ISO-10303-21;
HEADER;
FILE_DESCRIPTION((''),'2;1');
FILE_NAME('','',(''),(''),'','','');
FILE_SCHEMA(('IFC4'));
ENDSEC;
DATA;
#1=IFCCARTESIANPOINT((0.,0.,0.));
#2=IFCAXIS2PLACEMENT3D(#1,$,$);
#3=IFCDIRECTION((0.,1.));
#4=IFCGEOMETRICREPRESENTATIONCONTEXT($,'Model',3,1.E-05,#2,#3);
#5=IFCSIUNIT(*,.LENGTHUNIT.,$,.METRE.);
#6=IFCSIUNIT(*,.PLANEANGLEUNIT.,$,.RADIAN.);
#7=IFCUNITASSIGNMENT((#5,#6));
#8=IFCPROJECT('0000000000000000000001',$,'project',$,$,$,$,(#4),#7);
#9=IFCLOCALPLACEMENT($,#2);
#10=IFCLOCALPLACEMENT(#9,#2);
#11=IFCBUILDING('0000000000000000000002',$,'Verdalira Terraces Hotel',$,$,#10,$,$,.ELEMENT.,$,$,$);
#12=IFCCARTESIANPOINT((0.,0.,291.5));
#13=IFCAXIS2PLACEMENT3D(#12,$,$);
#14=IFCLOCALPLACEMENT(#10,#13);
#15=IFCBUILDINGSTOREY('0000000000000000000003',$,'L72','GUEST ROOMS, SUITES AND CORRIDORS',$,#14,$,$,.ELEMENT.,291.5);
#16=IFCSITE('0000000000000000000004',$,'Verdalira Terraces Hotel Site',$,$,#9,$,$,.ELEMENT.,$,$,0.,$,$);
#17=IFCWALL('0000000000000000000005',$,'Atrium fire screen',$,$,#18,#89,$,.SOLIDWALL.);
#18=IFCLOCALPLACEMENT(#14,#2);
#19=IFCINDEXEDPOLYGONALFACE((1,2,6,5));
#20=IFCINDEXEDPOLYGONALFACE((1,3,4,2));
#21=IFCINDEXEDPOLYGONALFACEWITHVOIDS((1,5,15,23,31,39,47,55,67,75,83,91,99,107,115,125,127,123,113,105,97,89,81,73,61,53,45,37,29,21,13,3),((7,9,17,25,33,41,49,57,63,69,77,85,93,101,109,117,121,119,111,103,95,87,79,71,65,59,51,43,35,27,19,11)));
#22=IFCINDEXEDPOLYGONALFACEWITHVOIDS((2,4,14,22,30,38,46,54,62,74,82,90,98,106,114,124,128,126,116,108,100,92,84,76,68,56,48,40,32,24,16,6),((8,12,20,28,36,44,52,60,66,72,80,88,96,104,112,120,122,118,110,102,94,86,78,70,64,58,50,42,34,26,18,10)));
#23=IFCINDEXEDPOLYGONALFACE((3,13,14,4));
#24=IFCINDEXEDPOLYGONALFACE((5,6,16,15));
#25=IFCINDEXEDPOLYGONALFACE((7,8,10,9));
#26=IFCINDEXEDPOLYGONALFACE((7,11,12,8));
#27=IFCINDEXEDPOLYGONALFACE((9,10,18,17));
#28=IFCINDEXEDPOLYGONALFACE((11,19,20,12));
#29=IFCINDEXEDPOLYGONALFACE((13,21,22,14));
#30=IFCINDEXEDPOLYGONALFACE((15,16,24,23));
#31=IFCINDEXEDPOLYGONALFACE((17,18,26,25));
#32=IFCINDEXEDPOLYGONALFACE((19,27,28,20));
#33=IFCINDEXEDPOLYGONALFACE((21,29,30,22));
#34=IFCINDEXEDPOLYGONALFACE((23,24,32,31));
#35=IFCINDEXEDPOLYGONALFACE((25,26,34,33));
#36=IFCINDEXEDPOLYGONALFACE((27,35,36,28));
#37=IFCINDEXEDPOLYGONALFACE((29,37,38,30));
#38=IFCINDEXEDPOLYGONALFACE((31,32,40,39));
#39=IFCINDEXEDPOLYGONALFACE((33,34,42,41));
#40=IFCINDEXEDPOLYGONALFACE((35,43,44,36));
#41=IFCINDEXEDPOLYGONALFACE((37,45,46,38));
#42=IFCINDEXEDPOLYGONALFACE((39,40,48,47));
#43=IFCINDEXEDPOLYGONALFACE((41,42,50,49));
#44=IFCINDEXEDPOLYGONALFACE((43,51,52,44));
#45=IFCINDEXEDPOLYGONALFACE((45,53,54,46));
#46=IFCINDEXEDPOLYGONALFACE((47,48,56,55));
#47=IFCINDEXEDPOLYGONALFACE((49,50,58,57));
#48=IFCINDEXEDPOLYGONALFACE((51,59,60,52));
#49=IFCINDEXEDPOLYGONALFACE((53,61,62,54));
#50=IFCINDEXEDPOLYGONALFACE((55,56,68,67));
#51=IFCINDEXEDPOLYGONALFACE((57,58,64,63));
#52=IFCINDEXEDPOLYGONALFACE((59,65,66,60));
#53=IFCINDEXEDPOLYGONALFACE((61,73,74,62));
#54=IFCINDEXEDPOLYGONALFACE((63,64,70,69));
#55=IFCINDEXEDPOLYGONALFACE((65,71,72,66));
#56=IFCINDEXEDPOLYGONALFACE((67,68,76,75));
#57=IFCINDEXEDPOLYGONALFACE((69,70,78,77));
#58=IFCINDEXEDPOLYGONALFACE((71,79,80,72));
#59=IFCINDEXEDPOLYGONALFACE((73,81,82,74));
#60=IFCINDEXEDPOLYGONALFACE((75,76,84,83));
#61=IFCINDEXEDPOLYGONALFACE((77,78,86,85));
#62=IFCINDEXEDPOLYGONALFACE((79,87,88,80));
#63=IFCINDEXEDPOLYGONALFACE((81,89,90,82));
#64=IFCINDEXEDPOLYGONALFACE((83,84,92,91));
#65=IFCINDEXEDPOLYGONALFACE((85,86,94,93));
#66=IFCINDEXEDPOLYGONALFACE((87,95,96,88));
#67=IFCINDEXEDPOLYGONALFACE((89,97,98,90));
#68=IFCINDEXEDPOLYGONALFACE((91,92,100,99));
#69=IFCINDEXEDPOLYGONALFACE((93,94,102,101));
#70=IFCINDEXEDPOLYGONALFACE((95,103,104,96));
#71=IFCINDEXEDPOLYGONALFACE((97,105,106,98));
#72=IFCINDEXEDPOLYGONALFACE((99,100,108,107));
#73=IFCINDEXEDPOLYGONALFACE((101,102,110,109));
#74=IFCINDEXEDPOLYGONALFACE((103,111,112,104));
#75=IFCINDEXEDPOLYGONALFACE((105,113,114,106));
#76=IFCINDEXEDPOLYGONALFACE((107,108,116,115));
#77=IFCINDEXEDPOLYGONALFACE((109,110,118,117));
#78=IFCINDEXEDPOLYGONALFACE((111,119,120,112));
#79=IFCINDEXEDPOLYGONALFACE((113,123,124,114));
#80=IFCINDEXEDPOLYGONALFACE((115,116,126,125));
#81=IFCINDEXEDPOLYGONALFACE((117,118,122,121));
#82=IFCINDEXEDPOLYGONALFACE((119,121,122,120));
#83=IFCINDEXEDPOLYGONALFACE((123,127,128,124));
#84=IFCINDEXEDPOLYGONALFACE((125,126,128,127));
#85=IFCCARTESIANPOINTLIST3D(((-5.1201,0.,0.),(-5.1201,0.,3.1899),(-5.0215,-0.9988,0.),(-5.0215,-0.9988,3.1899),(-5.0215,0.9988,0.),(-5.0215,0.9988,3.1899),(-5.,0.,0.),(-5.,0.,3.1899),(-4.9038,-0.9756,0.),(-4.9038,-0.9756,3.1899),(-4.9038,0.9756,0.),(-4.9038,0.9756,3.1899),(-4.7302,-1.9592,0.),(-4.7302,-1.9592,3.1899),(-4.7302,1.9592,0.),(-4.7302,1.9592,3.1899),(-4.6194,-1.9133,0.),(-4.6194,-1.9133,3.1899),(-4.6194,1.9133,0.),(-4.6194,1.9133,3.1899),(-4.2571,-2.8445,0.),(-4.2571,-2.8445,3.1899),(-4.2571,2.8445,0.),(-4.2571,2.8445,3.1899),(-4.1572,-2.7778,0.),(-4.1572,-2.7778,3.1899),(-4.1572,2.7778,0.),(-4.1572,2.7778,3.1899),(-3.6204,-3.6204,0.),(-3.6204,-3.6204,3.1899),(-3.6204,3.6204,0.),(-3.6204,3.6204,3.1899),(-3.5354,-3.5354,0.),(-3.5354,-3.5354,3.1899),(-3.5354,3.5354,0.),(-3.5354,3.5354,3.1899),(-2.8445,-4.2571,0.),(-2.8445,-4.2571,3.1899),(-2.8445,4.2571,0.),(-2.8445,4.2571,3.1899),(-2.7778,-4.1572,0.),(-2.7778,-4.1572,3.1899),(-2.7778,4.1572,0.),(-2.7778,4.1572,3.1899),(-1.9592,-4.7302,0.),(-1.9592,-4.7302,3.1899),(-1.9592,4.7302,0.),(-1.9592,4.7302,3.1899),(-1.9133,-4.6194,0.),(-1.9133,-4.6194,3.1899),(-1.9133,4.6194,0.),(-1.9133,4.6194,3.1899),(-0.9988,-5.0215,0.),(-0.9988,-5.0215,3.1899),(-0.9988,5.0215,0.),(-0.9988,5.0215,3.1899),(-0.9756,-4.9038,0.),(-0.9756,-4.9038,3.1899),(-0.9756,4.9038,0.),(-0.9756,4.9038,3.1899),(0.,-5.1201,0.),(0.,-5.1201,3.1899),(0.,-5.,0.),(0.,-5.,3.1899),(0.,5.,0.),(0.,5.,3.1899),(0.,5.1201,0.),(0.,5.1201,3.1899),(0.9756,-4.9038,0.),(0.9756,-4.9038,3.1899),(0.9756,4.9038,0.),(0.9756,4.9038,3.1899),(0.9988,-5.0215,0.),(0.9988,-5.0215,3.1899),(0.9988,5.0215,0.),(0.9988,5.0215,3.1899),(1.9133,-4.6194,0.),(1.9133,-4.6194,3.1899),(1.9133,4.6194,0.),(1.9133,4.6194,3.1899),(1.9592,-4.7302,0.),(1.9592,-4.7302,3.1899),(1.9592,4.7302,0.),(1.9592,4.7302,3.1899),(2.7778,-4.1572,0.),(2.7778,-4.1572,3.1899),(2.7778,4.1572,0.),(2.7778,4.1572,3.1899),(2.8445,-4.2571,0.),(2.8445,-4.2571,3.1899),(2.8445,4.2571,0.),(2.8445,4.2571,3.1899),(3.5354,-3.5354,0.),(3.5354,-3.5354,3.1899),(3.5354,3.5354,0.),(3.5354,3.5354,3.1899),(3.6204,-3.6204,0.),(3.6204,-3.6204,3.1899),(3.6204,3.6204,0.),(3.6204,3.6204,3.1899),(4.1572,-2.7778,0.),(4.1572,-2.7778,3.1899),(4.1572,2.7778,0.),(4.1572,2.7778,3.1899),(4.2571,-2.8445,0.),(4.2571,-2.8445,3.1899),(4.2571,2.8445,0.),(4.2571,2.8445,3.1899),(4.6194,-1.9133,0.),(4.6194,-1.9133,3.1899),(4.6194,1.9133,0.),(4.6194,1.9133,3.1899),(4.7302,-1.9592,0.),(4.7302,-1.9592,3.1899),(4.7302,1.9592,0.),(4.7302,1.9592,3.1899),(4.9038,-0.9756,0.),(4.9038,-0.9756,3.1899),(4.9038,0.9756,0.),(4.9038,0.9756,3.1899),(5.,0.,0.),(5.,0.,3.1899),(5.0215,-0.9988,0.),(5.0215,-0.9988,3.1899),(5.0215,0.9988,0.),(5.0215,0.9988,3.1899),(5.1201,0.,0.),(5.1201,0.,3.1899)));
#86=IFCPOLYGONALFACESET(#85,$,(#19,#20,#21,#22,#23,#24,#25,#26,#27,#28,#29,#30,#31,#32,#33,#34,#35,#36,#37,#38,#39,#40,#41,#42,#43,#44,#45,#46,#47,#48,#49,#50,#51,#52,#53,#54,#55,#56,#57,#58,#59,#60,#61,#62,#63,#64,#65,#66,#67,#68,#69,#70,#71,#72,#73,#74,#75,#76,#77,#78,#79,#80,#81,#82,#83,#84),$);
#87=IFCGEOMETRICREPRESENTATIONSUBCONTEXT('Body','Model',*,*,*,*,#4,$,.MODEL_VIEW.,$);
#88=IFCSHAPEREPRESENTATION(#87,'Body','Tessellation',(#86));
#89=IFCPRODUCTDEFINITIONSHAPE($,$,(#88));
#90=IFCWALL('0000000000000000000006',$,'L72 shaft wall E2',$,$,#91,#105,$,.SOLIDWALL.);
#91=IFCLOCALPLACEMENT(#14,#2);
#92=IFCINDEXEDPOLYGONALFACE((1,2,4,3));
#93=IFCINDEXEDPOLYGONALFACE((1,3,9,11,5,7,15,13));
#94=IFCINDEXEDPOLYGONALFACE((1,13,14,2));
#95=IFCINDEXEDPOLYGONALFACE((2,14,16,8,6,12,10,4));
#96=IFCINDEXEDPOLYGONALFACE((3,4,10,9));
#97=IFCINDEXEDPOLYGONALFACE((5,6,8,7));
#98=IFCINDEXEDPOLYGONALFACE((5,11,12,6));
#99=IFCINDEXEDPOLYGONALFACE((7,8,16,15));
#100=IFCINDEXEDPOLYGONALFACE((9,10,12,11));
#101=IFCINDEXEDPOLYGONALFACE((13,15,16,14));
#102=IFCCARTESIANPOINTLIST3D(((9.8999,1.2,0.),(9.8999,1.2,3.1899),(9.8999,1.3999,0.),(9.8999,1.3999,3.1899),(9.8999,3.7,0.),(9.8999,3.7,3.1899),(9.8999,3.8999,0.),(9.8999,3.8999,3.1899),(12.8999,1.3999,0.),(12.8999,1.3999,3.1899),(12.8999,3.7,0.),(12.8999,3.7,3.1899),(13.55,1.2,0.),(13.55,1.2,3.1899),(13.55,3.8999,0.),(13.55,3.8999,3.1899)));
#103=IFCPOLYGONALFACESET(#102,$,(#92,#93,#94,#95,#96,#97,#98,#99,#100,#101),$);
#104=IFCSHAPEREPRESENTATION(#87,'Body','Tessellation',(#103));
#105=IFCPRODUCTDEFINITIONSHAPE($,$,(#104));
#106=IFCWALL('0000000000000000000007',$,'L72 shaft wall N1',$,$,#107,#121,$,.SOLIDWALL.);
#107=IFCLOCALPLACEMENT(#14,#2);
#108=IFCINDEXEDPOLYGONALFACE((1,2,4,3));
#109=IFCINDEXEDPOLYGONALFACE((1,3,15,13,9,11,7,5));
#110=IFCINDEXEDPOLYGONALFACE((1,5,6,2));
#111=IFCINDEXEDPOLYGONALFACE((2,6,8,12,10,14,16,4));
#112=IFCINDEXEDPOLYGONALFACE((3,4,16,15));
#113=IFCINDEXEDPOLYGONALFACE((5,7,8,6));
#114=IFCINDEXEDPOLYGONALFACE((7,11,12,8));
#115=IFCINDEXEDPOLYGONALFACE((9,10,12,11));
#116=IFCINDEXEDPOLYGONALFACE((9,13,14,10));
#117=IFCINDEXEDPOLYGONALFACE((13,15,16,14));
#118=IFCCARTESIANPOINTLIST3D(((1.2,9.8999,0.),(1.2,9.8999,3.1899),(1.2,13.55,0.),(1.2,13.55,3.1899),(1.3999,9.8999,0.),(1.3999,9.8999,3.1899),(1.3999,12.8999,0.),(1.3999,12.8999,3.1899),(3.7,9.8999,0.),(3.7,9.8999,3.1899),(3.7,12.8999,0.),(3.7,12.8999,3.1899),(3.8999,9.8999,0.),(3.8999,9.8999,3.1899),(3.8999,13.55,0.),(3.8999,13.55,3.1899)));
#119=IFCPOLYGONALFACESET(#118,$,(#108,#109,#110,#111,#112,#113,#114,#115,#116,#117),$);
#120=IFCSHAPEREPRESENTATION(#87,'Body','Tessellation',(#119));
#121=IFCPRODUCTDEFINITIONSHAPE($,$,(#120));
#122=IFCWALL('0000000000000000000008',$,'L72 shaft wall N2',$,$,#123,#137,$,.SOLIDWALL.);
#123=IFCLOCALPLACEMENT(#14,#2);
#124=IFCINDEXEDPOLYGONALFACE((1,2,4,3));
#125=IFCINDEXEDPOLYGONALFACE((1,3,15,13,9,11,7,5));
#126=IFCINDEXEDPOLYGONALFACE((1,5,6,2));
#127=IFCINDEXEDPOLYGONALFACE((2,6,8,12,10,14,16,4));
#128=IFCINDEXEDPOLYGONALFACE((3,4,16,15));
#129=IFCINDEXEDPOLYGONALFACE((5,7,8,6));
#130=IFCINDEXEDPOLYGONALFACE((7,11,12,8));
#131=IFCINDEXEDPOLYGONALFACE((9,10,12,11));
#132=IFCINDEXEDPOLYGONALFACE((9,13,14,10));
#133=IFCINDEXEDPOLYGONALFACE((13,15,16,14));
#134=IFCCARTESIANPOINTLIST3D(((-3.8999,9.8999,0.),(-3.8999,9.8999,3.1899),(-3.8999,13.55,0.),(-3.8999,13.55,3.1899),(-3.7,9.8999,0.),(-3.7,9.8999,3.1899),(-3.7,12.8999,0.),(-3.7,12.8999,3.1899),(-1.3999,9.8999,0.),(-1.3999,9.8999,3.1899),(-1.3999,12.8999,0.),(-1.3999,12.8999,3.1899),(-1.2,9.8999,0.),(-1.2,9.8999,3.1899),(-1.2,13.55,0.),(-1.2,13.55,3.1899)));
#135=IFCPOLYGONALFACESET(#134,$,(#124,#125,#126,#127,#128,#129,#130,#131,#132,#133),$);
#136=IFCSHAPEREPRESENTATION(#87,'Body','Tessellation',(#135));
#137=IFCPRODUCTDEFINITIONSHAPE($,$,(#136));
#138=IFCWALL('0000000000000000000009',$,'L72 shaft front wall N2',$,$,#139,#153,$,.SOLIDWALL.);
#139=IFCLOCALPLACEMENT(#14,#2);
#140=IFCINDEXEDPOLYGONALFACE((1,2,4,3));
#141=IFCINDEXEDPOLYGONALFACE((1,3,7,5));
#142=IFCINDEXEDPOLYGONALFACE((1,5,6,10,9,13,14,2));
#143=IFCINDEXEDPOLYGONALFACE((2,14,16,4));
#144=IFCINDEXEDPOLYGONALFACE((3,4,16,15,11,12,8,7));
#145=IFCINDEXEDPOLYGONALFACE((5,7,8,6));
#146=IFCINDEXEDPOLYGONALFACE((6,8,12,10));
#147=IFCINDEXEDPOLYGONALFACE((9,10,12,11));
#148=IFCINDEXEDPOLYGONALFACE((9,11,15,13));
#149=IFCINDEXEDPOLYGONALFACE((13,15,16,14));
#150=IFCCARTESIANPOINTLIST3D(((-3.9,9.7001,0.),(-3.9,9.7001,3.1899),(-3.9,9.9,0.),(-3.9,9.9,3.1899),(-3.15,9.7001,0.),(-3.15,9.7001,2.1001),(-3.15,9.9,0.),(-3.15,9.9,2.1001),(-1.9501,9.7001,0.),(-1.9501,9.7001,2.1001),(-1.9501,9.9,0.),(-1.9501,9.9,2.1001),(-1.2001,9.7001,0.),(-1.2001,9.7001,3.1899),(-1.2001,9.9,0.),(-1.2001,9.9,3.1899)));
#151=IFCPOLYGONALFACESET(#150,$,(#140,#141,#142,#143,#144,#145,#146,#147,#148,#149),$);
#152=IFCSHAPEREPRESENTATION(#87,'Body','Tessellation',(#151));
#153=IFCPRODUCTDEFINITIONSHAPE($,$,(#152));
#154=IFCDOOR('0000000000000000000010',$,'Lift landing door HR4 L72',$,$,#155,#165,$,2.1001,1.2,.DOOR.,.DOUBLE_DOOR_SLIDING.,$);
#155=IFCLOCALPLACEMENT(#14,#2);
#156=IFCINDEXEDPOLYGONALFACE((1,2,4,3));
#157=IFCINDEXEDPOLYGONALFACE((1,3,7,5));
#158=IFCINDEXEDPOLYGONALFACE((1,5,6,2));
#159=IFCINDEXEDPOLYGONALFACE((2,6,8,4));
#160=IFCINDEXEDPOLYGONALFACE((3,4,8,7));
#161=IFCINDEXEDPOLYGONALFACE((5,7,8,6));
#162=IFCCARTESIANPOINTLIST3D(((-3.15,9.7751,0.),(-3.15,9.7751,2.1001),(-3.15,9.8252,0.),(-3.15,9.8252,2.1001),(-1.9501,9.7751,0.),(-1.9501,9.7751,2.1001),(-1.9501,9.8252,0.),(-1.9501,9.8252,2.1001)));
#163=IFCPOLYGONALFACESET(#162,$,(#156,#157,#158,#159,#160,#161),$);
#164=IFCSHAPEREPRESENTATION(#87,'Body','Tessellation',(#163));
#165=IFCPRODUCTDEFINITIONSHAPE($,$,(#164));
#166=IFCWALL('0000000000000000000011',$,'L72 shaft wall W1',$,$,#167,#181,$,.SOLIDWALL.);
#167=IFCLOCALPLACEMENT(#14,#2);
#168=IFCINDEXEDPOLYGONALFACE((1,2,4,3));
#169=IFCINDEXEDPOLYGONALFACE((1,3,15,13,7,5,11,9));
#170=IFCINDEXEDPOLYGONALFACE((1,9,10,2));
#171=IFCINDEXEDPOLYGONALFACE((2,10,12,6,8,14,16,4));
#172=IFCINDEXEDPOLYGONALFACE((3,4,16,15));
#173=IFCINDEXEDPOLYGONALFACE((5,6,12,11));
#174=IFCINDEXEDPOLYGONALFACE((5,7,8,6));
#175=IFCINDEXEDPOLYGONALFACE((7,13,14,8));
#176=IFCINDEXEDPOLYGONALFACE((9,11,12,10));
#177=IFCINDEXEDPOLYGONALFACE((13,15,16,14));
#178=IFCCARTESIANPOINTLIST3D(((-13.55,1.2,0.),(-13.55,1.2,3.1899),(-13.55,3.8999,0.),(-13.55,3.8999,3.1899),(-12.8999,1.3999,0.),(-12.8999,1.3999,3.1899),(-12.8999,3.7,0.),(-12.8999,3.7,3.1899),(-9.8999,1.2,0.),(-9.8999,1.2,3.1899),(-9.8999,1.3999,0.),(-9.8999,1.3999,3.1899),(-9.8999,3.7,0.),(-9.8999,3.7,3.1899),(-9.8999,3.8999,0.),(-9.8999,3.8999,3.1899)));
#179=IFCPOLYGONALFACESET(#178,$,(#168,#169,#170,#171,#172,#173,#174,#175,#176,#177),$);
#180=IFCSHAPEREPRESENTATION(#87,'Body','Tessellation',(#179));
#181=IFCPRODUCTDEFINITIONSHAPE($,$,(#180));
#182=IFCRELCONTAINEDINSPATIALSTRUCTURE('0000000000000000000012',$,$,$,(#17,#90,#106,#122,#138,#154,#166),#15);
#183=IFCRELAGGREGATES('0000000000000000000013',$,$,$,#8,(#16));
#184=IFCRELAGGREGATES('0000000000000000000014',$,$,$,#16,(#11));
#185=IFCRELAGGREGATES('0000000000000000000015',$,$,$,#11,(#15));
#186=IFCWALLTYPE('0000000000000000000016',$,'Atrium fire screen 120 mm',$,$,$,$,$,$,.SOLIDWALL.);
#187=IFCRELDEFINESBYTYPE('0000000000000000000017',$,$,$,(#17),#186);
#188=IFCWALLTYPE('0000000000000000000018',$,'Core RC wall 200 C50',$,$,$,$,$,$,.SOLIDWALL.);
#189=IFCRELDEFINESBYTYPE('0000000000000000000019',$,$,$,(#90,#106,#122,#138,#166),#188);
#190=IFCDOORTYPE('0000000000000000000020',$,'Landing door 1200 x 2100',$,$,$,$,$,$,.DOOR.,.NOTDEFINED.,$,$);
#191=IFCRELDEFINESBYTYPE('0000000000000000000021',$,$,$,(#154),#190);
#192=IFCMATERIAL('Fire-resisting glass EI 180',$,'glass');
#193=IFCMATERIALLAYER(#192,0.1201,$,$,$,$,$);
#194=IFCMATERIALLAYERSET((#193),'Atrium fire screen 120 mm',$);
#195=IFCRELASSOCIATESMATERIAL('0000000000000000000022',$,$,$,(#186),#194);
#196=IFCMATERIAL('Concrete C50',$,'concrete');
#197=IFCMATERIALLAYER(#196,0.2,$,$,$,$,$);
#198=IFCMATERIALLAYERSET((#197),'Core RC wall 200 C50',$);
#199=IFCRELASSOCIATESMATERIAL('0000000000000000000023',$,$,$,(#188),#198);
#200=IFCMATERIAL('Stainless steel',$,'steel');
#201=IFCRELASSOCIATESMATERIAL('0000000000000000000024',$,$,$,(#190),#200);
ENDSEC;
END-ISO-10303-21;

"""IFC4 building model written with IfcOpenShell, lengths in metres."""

from ifc_helpers import new_model, si_unit, direction, frame, frame_2d, origin, place, context, subcontext, project, spatial, polyline, rectangle, outline, extrude, material, layer, layer_set, type_object, element, fill, save


model = new_model("IFC4")

# Units and contexts
model_context = context("Model", 3, precision=1e-05, world=origin(), true_north=direction((0.0, 1.0)))
body_context = subcontext(model_context, "Body", "Model", "MODEL_VIEW")
ifc_project = project(units=[si_unit("LENGTHUNIT", "METRE"), si_unit("PLANEANGLEUNIT", "RADIAN")], contexts=[model_context])

# Site, building, storey
site_placement = place(None, origin())
site = spatial("IfcSite", under=ifc_project, at=site_placement, Name="Verdalira Terraces Hotel Site", CompositionType="ELEMENT", RefElevation=0.0)
building_placement = place(site_placement, origin())
building = spatial("IfcBuilding", under=site, at=building_placement, Name="Verdalira Terraces Hotel", CompositionType="ELEMENT")
storey_placement = place(building_placement, frame((0.0, 0.0, 291.5)))
storey = spatial("IfcBuildingStorey", under=building, at=storey_placement, Name="L72", Description="GUEST ROOMS, SUITES AND CORRIDORS", CompositionType="ELEMENT", Elevation=291.5)

# Walls
ifc_material_1 = material(Name="Fire-resisting glass EI 180", Category="glass")
ifc_layer_1 = layer(ifc_material_1, 0.1201)
ifc_layer_set_1 = layer_set([ifc_layer_1], Name="Atrium fire screen 120 mm")
wall_type_1 = type_object("IfcWallType", Name="Atrium fire screen 120 mm", PredefinedType="SOLIDWALL", material=ifc_layer_set_1)
wall_1_placement = place(storey_placement, origin())
element("IfcWall", 1, at=wall_1_placement, inside=storey, type_object=wall_type_1, Name="Atrium fire screen", PredefinedType="SOLIDWALL", context=body_context, shape_type="SweptSolid", body=[
    extrude(outline(polyline([(5.0215, -0.9988), (4.7302, -1.9592), (4.2571, -2.8445), (3.6204, -3.6204), (2.8445, -4.2571), (1.9592, -4.7302), (0.9988, -5.0215), (0.0, -5.1201), (-0.9988, -5.0215), (-1.9592, -4.7302), (-2.8445, -4.2571), (-3.6204, -3.6204), (-4.2571, -2.8445), (-4.7302, -1.9592), (-5.0215, -0.9988), (-5.1201, 0.0), (-5.0215, 0.9988), (-4.7302, 1.9592), (-4.2571, 2.8445), (-3.6204, 3.6204), (-2.8445, 4.2571), (-1.9592, 4.7302), (-0.9988, 5.0215), (0.0, 5.1201), (0.9988, 5.0215), (1.9592, 4.7302), (2.8445, 4.2571), (3.6204, 3.6204), (4.2571, 2.8445), (4.7302, 1.9592), (5.0215, 0.9988), (5.1201, 0.0), (5.0215, -0.9988)]), holes=[polyline([(4.9038, 0.9756), (4.6194, 1.9133), (4.1572, 2.7778), (3.5354, 3.5354), (2.7778, 4.1572), (1.9133, 4.6194), (0.9756, 4.9038), (0.0, 5.0), (-0.9756, 4.9038), (-1.9133, 4.6194), (-2.7778, 4.1572), (-3.5354, 3.5354), (-4.1572, 2.7778), (-4.6194, 1.9133), (-4.9038, 0.9756), (-5.0, 0.0), (-4.9038, -0.9756), (-4.6194, -1.9133), (-4.1572, -2.7778), (-3.5354, -3.5354), (-2.7778, -4.1572), (-1.9133, -4.6194), (-0.9756, -4.9038), (0.0, -5.0), (0.9756, -4.9038), (1.9133, -4.6194), (2.7778, -4.1572), (3.5354, -3.5354), (4.1572, -2.7778), (4.6194, -1.9133), (4.9038, -0.9756), (5.0, 0.0), (4.9038, 0.9756)])]), origin(), (0.0, 0.0, 1.0), 3.1899),
])
ifc_material_2 = material(Name="Concrete C50", Category="concrete")
ifc_layer_2 = layer(ifc_material_2, 0.2)
ifc_layer_set_2 = layer_set([ifc_layer_2], Name="Core RC wall 200 C50")
wall_type_2 = type_object("IfcWallType", Name="Core RC wall 200 C50", PredefinedType="SOLIDWALL", material=ifc_layer_set_2)
wall_2_placement = place(storey_placement, origin())
element("IfcWall", 2, at=wall_2_placement, inside=storey, type_object=wall_type_2, Name="L72 shaft wall E2", PredefinedType="SOLIDWALL", context=body_context, shape_type="SweptSolid", body=[
    extrude(outline(polyline([(13.55, 3.8999), (13.55, 1.2), (9.8999, 1.2), (9.8999, 1.3999), (12.8999, 1.3999), (12.8999, 3.7), (9.8999, 3.7), (9.8999, 3.8999), (13.55, 3.8999)])), origin(), (0.0, 0.0, 1.0), 3.1899),
])
wall_3_placement = place(storey_placement, origin())
element("IfcWall", 3, at=wall_3_placement, inside=storey, type_object=wall_type_2, Name="L72 shaft wall N1", PredefinedType="SOLIDWALL", context=body_context, shape_type="SweptSolid", body=[
    extrude(outline(polyline([(3.8999, 9.8999), (3.7, 9.8999), (3.7, 12.8999), (1.3999, 12.8999), (1.3999, 9.8999), (1.2, 9.8999), (1.2, 13.55), (3.8999, 13.55), (3.8999, 9.8999)])), origin(), (0.0, 0.0, 1.0), 3.1899),
])
wall_4_placement = place(storey_placement, origin())
element("IfcWall", 4, at=wall_4_placement, inside=storey, type_object=wall_type_2, Name="L72 shaft wall N2", PredefinedType="SOLIDWALL", context=body_context, shape_type="SweptSolid", body=[
    extrude(outline(polyline([(-3.8999, 13.55), (-1.2, 13.55), (-1.2, 9.8999), (-1.3999, 9.8999), (-1.3999, 12.8999), (-3.7, 12.8999), (-3.7, 9.8999), (-3.8999, 9.8999), (-3.8999, 13.55)])), origin(), (0.0, 0.0, 1.0), 3.1899),
])

# Wall, opening, door
wall_5_placement = place(storey_placement, frame((-1.2, 9.8, 0.0), z_axis=(0.0, 0.0, 1.0), x_axis=(-1.0, 0.0, 0.0)))
wall_5 = element("IfcWall", 5, at=wall_5_placement, inside=storey, type_object=wall_type_2, Name="L72 shaft front wall N2", PredefinedType="SOLIDWALL", context=body_context, shape_type="SweptSolid", body=[
    extrude(rectangle(XDim=2.7, YDim=0.2, at=frame_2d((1.3501, 0.0))), origin(), (0.0, 0.0, 1.0), 3.1899),
])
opening_1_placement = place(wall_5_placement, frame((0.75, 0.0, 0.0)))
opening_1 = element("IfcOpeningElement", 6, at=opening_1_placement, cuts=wall_5, PredefinedType="OPENING", context=body_context, shape_type="SweptSolid", body=[
    extrude(rectangle(XDim=1.2, YDim=2.1001, at=frame_2d((0.6001, 1.05))), frame((0.0, 0.1099, 0.0), z_axis=(0.0, -1.0, 0.0), x_axis=(1.0, 0.0, 0.0)), (0.0, 0.0, 1.0), 0.22),
])
ifc_material_3 = material(Name="Stainless steel", Category="steel")
door_type_1 = type_object("IfcDoorType", Name="Landing door 1200 x 2100", OperationType="NOTDEFINED", PredefinedType="DOOR", material=ifc_material_3)
door_1_placement = place(opening_1_placement, origin())
door_1 = element("IfcDoor", 7, at=door_1_placement, inside=storey, type_object=door_type_1, Name="Lift landing door HR4 L72", OperationType="DOUBLE_DOOR_SLIDING", OverallHeight=2.1001, OverallWidth=1.2, PredefinedType="DOOR", context=body_context, shape_type="SweptSolid", body=[
    extrude(rectangle(XDim=1.2, YDim=2.1001, at=frame_2d((0.6001, 1.05))), frame((0.0, 0.0249, 0.0), z_axis=(0.0, -1.0, 0.0), x_axis=(1.0, 0.0, 0.0)), (0.0, 0.0, 1.0), 0.05),
])
fill(opening_1, door_1)

# Wall
wall_6_placement = place(storey_placement, origin())
element("IfcWall", 8, at=wall_6_placement, inside=storey, type_object=wall_type_2, Name="L72 shaft wall W1", PredefinedType="SOLIDWALL", context=body_context, shape_type="SweptSolid", body=[
    extrude(outline(polyline([(-13.55, 3.8999), (-9.8999, 3.8999), (-9.8999, 3.7), (-12.8999, 3.7), (-12.8999, 1.3999), (-9.8999, 1.3999), (-9.8999, 1.2), (-13.55, 1.2), (-13.55, 3.8999)])), origin(), (0.0, 0.0, 1.0), 3.1899),
])

save(model, "model.ifc")
